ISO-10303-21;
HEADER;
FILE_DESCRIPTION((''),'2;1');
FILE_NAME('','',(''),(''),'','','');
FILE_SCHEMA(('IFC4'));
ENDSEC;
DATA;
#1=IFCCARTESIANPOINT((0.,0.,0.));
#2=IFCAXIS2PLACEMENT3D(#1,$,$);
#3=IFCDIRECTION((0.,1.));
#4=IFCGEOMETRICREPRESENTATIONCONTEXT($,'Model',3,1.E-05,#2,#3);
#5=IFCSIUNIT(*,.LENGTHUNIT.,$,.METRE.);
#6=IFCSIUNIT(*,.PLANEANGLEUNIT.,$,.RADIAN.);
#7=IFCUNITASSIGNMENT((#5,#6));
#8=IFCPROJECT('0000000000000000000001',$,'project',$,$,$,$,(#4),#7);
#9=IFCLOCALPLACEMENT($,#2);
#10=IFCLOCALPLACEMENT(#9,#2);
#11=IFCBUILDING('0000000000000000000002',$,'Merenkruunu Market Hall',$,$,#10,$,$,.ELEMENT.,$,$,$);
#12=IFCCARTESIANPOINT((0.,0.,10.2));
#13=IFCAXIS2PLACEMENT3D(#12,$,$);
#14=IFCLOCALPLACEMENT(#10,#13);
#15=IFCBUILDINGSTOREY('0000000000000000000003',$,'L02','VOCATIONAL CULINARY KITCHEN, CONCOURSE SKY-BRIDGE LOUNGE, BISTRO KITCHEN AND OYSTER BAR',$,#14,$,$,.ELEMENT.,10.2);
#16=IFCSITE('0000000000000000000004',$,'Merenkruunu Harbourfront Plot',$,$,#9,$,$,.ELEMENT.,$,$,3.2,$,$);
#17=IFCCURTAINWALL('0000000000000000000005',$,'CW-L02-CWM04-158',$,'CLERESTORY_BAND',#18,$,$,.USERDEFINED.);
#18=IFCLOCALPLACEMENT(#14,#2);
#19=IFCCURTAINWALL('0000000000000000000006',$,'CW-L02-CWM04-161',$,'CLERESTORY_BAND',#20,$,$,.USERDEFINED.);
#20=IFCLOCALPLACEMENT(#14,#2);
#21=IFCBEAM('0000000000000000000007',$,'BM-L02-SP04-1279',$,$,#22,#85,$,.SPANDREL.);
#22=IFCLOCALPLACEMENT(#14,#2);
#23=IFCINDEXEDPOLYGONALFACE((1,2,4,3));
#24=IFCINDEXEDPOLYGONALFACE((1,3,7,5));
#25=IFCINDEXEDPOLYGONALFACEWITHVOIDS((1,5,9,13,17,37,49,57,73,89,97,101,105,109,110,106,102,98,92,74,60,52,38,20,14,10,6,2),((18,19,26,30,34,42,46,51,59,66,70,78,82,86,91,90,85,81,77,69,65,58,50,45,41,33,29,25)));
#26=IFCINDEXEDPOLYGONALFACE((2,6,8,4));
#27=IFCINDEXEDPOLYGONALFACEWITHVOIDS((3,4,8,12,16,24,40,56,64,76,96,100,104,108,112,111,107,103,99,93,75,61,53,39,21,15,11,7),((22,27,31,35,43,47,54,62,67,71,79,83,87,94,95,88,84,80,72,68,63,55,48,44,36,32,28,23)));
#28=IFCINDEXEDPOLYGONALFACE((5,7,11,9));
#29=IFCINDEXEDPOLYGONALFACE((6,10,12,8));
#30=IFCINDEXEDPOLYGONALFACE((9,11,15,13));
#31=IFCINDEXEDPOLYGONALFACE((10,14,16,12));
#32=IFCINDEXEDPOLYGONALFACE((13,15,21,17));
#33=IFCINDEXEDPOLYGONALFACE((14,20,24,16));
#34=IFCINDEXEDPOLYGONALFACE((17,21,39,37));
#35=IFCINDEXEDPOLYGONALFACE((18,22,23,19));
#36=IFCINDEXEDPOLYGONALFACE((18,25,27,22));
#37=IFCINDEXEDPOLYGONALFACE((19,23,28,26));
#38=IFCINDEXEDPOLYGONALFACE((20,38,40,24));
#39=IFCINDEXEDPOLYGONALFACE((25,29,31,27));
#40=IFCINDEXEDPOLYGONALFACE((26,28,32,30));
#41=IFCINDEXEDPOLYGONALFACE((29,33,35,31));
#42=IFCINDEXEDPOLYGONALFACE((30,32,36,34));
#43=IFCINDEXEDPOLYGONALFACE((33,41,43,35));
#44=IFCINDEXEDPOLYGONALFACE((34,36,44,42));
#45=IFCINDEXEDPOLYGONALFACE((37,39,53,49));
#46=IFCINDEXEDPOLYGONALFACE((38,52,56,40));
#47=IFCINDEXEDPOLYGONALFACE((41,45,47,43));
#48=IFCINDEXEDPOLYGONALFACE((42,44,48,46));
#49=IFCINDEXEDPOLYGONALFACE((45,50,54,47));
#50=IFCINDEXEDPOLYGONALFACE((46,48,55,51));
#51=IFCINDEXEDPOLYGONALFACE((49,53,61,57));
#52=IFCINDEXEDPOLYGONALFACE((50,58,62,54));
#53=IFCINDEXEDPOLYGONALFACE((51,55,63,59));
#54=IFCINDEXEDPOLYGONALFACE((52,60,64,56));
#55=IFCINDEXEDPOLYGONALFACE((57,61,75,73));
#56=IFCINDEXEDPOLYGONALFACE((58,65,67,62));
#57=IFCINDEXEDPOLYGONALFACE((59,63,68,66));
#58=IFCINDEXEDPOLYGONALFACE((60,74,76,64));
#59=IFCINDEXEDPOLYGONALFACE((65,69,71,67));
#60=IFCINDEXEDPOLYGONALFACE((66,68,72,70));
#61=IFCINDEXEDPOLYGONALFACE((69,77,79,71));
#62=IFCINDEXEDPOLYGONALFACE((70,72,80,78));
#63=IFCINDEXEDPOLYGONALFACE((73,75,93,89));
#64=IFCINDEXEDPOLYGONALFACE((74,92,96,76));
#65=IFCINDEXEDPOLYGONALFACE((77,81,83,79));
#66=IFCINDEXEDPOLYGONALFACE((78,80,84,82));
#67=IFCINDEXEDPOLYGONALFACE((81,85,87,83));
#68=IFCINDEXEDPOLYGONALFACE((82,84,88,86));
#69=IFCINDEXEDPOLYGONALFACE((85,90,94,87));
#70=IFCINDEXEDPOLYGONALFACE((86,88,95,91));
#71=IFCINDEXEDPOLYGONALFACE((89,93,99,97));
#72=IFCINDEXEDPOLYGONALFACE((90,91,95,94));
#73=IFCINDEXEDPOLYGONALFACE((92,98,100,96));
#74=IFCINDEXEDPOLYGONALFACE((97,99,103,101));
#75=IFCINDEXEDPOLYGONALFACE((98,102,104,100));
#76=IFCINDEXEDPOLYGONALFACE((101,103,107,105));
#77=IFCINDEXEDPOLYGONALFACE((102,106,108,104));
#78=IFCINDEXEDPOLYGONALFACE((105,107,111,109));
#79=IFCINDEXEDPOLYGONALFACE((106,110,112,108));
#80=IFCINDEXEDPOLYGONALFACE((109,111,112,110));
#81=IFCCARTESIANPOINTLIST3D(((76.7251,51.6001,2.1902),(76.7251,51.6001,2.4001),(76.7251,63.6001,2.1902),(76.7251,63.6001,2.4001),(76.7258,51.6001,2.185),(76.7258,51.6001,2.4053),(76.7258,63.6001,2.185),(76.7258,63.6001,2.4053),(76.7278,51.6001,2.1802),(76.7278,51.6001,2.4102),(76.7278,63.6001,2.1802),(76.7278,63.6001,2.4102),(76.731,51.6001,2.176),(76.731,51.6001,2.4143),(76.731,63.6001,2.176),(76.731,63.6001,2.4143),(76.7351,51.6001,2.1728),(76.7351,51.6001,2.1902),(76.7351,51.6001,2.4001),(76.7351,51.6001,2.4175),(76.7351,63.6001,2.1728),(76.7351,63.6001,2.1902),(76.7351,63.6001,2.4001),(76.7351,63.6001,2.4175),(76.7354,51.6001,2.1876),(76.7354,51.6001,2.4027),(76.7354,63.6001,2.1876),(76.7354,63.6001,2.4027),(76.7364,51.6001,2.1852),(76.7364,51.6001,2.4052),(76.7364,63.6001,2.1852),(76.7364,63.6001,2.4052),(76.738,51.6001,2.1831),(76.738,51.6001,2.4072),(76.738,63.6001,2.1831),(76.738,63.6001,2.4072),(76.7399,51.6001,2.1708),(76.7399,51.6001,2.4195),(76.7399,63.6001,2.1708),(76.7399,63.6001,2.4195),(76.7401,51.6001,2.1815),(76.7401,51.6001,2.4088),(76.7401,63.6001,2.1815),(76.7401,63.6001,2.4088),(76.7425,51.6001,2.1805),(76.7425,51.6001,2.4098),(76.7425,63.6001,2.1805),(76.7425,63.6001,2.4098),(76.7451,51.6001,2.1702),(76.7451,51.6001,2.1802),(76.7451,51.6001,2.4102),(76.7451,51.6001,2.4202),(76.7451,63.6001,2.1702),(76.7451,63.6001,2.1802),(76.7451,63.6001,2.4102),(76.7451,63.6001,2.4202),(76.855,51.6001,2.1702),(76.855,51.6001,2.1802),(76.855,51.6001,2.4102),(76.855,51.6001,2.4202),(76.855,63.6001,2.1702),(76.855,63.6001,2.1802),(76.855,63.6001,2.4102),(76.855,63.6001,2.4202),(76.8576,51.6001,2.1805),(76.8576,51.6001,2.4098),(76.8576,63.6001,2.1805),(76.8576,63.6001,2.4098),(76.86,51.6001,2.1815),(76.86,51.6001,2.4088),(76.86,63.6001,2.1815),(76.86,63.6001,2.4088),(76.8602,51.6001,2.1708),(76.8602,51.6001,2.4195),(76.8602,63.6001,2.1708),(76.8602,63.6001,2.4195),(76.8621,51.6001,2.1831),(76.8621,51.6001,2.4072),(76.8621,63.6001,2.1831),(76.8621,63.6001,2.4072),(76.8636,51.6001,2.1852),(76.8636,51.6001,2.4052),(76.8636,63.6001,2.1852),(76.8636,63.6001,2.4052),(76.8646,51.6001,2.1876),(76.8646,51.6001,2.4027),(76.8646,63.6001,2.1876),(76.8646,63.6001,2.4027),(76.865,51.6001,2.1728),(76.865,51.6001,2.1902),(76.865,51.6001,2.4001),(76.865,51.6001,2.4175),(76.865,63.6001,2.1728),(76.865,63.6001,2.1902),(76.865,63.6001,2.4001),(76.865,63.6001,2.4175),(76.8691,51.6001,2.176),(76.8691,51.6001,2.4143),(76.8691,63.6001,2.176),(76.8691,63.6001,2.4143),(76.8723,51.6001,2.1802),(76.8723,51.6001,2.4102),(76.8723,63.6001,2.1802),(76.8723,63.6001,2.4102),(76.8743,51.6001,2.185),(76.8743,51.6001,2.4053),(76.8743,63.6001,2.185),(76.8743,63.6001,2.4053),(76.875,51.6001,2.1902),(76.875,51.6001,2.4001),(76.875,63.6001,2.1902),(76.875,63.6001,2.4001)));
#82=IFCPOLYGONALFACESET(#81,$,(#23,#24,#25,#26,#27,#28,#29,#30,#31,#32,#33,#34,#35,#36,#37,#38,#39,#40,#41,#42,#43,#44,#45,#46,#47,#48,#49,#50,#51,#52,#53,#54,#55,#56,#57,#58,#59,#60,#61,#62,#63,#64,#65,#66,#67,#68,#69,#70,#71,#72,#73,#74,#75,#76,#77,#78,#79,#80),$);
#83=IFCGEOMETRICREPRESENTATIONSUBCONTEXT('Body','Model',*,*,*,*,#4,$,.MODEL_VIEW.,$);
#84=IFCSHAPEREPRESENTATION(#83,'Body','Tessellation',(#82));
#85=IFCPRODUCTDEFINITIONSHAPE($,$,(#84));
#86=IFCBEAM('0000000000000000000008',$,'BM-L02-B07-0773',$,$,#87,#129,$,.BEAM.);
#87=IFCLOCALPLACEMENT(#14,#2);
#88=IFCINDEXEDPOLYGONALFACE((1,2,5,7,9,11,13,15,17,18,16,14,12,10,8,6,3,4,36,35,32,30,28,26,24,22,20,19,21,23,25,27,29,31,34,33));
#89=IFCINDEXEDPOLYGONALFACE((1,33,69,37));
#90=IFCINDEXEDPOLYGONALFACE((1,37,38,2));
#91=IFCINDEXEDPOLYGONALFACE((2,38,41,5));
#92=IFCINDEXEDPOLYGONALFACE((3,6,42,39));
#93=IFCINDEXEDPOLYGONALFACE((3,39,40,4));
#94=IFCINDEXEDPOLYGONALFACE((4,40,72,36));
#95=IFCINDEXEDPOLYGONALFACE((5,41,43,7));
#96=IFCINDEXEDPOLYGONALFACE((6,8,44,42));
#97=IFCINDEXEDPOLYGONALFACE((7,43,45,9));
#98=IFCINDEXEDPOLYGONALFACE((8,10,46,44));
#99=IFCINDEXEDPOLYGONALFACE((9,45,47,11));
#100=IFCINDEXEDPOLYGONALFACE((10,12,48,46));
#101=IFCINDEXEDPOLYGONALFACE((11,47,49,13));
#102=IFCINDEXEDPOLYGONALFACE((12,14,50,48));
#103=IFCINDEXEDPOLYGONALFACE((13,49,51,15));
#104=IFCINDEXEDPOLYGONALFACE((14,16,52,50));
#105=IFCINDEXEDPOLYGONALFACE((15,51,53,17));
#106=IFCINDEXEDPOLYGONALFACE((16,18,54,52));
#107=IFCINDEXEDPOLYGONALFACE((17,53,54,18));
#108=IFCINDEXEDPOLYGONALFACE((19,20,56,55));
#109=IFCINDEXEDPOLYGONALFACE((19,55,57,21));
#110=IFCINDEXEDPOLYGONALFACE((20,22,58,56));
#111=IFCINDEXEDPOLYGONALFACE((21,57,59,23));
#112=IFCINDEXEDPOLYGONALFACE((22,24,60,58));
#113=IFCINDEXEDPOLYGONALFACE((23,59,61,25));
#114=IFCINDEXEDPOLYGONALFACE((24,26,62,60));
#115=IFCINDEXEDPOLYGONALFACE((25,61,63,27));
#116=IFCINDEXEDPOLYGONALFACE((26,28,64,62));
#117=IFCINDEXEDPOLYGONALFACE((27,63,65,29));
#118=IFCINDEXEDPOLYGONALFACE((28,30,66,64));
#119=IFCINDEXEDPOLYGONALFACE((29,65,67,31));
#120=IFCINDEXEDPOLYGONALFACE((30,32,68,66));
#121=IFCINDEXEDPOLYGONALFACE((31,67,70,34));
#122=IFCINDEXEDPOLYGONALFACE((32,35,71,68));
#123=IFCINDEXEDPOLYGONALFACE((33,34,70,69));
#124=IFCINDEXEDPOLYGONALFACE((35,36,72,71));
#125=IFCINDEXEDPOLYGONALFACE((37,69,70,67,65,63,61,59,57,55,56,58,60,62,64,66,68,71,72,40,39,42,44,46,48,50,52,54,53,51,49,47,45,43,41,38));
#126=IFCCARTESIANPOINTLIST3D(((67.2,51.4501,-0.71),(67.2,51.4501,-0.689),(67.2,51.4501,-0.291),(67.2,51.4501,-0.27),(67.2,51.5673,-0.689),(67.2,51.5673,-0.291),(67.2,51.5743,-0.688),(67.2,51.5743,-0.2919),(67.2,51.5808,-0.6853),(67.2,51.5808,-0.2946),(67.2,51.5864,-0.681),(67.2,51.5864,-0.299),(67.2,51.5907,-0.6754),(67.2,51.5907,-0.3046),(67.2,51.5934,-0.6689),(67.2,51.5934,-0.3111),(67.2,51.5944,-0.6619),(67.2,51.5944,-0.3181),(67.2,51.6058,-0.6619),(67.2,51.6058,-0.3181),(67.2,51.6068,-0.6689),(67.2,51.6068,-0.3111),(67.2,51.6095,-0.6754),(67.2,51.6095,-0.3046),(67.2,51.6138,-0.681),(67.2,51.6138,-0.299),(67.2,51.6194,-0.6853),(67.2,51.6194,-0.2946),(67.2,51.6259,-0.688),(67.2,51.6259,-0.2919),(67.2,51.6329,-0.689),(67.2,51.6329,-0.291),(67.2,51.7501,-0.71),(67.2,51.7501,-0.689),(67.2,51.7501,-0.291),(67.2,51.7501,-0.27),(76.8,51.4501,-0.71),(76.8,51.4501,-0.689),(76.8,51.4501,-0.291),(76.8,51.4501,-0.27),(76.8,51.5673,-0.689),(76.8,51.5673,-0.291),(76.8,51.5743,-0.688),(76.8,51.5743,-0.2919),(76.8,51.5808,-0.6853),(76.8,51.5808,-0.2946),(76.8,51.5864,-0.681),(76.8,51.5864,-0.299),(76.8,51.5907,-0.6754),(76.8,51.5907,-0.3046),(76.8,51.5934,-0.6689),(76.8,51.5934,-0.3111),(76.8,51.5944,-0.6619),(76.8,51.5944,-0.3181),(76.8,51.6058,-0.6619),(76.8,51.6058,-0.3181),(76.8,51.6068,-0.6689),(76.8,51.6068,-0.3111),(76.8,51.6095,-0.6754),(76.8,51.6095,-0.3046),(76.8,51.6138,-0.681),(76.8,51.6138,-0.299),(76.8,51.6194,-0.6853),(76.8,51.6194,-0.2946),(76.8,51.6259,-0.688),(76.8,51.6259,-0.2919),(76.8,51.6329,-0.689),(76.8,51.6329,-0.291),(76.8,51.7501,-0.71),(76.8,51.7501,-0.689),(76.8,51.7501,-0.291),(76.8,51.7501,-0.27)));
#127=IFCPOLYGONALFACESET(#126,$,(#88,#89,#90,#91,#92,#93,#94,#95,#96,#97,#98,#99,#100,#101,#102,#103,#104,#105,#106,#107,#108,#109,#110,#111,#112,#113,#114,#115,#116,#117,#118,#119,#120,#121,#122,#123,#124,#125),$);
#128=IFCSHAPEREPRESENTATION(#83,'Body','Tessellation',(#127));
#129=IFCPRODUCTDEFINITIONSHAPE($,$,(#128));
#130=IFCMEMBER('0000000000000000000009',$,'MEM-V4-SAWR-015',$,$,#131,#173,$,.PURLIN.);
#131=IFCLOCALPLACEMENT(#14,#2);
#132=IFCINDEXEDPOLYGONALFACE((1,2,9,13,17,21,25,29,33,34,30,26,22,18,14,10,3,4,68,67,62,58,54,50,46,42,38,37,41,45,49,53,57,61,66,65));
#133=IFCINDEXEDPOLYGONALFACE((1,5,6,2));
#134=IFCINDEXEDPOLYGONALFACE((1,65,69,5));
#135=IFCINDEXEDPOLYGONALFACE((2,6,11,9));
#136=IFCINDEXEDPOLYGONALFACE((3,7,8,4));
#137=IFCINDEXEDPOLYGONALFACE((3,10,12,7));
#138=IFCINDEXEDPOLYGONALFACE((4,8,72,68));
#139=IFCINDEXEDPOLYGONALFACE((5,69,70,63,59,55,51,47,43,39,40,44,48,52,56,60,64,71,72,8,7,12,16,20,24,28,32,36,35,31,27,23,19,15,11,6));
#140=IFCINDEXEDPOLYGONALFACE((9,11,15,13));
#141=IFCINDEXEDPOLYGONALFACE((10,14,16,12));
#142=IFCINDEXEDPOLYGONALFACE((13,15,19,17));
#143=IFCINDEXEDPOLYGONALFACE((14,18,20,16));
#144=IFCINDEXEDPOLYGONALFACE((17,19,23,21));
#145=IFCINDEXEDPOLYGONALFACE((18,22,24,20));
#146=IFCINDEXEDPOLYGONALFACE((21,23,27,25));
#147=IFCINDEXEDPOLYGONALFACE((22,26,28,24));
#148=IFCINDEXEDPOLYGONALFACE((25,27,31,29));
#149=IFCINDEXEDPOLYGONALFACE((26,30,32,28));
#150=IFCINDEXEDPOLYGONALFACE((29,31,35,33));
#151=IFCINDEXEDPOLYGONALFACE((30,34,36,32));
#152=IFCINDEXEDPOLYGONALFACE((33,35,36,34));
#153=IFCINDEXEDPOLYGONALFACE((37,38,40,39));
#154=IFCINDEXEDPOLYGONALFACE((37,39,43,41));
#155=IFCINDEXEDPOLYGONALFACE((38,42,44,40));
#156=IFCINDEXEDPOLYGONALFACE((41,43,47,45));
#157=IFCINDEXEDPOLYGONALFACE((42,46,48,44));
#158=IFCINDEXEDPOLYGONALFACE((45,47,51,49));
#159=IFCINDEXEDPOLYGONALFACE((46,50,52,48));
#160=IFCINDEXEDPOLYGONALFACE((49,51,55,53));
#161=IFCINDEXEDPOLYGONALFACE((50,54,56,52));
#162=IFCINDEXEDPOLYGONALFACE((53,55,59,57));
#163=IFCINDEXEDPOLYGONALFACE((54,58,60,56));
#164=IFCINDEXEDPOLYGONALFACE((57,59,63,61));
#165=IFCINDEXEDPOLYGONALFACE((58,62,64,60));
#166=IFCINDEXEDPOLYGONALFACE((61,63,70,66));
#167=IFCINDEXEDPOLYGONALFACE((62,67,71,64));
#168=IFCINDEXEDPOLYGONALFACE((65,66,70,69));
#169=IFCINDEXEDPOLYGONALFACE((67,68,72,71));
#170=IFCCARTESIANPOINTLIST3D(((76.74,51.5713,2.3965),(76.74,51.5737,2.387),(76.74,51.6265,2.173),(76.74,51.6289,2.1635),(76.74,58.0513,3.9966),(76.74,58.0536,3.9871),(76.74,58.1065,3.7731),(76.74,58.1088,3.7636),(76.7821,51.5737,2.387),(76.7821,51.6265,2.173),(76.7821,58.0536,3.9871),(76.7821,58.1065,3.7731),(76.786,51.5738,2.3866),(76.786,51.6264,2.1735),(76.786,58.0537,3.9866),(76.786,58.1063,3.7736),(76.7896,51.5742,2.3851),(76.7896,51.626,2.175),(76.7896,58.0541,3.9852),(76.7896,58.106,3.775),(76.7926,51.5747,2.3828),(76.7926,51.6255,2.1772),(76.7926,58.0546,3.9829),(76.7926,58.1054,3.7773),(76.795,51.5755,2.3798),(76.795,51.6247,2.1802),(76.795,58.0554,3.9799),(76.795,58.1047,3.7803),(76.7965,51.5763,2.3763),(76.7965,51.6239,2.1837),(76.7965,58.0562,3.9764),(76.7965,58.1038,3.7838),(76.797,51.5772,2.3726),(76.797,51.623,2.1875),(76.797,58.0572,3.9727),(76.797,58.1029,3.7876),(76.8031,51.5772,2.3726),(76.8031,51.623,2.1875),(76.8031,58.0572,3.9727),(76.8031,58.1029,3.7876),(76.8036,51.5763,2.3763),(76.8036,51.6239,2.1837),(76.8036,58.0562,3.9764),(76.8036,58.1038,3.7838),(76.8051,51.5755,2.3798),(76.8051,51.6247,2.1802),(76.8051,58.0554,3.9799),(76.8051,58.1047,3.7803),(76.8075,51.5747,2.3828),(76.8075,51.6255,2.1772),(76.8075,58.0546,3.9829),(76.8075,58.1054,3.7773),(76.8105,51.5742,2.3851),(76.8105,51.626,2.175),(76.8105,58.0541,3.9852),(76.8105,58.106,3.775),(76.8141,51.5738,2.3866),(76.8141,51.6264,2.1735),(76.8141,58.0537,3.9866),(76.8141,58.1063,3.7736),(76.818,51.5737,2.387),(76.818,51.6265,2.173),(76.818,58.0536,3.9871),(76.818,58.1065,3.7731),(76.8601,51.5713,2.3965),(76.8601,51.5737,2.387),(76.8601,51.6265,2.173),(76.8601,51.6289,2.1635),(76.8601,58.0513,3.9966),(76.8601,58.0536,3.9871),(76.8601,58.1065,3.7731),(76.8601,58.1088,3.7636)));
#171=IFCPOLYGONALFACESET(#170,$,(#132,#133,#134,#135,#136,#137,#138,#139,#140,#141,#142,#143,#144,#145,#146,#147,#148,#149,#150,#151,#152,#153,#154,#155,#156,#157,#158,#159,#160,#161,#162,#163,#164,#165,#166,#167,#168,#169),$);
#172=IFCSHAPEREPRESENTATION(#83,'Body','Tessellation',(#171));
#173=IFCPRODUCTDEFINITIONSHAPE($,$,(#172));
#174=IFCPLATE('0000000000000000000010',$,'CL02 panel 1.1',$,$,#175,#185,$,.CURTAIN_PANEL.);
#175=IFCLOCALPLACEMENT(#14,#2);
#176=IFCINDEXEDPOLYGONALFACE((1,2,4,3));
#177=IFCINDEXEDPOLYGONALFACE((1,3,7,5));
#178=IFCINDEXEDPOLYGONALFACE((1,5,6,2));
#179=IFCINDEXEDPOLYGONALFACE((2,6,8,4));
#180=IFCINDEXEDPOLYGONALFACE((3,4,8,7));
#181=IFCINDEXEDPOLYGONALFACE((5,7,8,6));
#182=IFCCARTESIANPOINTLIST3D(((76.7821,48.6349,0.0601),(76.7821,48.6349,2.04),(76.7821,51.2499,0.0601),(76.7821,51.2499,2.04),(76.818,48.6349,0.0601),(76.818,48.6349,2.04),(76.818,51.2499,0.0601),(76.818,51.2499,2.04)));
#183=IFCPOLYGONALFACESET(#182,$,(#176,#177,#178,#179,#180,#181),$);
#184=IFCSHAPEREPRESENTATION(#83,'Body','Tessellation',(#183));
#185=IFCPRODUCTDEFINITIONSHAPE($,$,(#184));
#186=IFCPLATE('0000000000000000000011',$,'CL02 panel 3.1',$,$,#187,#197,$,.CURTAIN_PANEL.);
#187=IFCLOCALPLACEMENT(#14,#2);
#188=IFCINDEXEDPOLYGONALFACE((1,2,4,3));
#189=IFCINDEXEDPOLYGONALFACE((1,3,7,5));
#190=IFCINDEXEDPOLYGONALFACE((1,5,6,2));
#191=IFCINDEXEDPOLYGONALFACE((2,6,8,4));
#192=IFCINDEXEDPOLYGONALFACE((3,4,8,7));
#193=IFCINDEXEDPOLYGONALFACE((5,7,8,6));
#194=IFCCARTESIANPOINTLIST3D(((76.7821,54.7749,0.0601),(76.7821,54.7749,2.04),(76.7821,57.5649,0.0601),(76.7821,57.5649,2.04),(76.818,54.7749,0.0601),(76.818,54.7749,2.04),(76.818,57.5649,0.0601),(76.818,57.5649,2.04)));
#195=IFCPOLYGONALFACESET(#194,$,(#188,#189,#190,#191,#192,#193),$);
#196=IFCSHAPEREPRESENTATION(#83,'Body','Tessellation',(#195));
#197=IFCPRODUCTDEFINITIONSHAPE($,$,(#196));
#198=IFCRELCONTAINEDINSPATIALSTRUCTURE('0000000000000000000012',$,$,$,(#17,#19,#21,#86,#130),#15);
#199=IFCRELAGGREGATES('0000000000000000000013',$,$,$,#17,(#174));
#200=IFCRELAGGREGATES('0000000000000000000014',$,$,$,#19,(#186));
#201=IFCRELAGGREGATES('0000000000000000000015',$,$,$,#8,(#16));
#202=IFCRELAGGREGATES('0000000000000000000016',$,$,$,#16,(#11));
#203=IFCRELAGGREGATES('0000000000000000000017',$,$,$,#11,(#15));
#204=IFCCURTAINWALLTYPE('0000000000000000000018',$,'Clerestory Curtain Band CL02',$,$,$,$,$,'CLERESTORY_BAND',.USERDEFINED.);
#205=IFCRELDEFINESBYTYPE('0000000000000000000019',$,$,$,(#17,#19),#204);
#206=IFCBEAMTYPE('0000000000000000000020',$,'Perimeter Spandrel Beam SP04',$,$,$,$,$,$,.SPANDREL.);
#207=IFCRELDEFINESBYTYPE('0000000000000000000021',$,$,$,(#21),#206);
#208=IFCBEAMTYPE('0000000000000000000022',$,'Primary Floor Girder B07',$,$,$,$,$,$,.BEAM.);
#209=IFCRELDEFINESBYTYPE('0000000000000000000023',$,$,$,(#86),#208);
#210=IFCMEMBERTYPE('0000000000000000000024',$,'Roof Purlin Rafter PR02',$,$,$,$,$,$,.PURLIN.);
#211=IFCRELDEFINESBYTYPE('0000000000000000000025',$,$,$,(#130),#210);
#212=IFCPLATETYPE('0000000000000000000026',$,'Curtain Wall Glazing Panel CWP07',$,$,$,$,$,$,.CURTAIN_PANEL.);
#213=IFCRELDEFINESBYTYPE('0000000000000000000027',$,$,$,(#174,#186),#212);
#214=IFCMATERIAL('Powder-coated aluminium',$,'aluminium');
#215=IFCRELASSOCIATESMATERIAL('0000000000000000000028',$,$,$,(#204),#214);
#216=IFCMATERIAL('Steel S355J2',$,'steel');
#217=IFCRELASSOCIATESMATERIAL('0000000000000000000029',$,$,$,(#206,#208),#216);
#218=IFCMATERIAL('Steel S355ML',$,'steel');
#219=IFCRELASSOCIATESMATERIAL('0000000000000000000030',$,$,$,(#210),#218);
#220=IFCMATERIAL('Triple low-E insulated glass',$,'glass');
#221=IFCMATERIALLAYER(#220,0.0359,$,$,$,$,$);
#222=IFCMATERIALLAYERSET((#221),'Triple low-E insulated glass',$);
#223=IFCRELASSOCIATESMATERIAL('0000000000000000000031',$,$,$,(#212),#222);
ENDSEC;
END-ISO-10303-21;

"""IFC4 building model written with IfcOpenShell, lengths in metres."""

from ifc_helpers import new_model, si_unit, direction, frame, origin, origin_2d, place, context, subcontext, project, spatial, rectangle, hollow_rectangle, i_section, extrude, material, layer, layer_set, material_profile, profile_set, type_object, element, aggregate, save


model = new_model("IFC4")

# Units and contexts
model_context = context("Model", 3, precision=1e-05, world=origin(), true_north=direction((0.0, 1.0)))
body_context = subcontext(model_context, "Body", "Model", "MODEL_VIEW")
ifc_project = project(units=[si_unit("LENGTHUNIT", "METRE"), si_unit("PLANEANGLEUNIT", "RADIAN")], contexts=[model_context])

# Site, building, storey
site_placement = place(None, origin())
site = spatial("IfcSite", under=ifc_project, at=site_placement, Name="Merenkruunu Harbourfront Plot", CompositionType="ELEMENT", RefElevation=3.2)
building_placement = place(site_placement, origin())
building = spatial("IfcBuilding", under=site, at=building_placement, Name="Merenkruunu Market Hall", CompositionType="ELEMENT")
storey_placement = place(building_placement, frame((0.0, 0.0, 10.2)))
storey = spatial("IfcBuildingStorey", under=building, at=storey_placement, Name="L02", Description="VOCATIONAL CULINARY KITCHEN, CONCOURSE SKY-BRIDGE LOUNGE, BISTRO KITCHEN AND OYSTER BAR", CompositionType="ELEMENT", Elevation=10.2)

# Shared definitions
ifc_material_1 = material(Name="Steel S355ML", Category="steel")

# Curtain walls
ifc_material_2 = material(Name="Powder-coated aluminium", Category="aluminium")
curtain_wall_type = type_object("IfcCurtainWallType", Name="Clerestory Curtain Band CL02", ElementType="CLERESTORY_BAND", PredefinedType="USERDEFINED", material=ifc_material_2)
curtain_wall_1_placement = place(storey_placement, origin())
curtain_wall_1 = element("IfcCurtainWall", 1, at=curtain_wall_1_placement, inside=storey, type_object=curtain_wall_type, Name="CW-L02-CWM04-158", ObjectType="CLERESTORY_BAND", PredefinedType="USERDEFINED")
curtain_wall_2_placement = place(storey_placement, origin())
curtain_wall_2 = element("IfcCurtainWall", 2, at=curtain_wall_2_placement, inside=storey, type_object=curtain_wall_type, Name="CW-L02-CWM04-161", ObjectType="CLERESTORY_BAND", PredefinedType="USERDEFINED")

# Beams
ifc_material_3 = material(Name="Steel S355J2", Category="steel")
ifc_material_profile_1 = material_profile(ifc_material_3, hollow_rectangle(XDim=0.1499, YDim=0.25, WallThickness=0.01, InnerFilletRadius=0.01, OuterFilletRadius=0.02, at=origin_2d()), Name="RHS 250x150x10")
ifc_profile_set_1 = profile_set([ifc_material_profile_1], Name="Steel S355J2")
beam_type_1 = type_object("IfcBeamType", Name="Perimeter Spandrel Beam SP04", PredefinedType="SPANDREL", material=ifc_profile_set_1)
beam_1_placement = place(storey_placement, frame((76.8, 51.6001, 2.2952), z_axis=(0.0, 1.0, 0.0), x_axis=(-1.0, 0.0, 0.0)))
element("IfcBeam", 3, at=beam_1_placement, inside=storey, type_object=beam_type_1, Name="BM-L02-SP04-1279", PredefinedType="SPANDREL", context=body_context, shape_type="SweptSolid", body=[
    extrude(hollow_rectangle(XDim=0.1499, YDim=0.25, WallThickness=0.01, InnerFilletRadius=0.01, OuterFilletRadius=0.02, at=origin_2d()), origin(), (0.0, 0.0, 1.0), 12.0),
])
ifc_material_profile_2 = material_profile(ifc_material_3, i_section(OverallWidth=0.3, OverallDepth=0.4399, WebThickness=0.0115, FlangeThickness=0.021, FilletRadius=0.0271, at=origin_2d()), Name="HEA 450")
ifc_profile_set_2 = profile_set([ifc_material_profile_2], Name="Steel S355J2")
beam_type_2 = type_object("IfcBeamType", Name="Primary Floor Girder B07", PredefinedType="BEAM", material=ifc_profile_set_2)
beam_2_placement = place(storey_placement, frame((67.2, 51.6001, -0.49), z_axis=(1.0, 0.0, 0.0), x_axis=(0.0, 1.0, 0.0)))
element("IfcBeam", 4, at=beam_2_placement, inside=storey, type_object=beam_type_2, Name="BM-L02-B07-0773", PredefinedType="BEAM", context=body_context, shape_type="SweptSolid", body=[
    extrude(i_section(OverallWidth=0.3, OverallDepth=0.4399, WebThickness=0.0115, FlangeThickness=0.021, FilletRadius=0.0271, at=origin_2d()), origin(), (0.0, 0.0, 1.0), 9.6001),
])

# Member
ifc_material_profile_3 = material_profile(ifc_material_1, i_section(OverallWidth=0.1201, OverallDepth=0.24, WebThickness=0.0061, FlangeThickness=0.0098, FilletRadius=0.0149, at=origin_2d()), Name="IPE 240")
ifc_profile_set_3 = profile_set([ifc_material_profile_3], Name="Steel S355ML")
member_type_1 = type_object("IfcMemberType", Name="Roof Purlin Rafter PR02", PredefinedType="PURLIN", material=ifc_profile_set_3)
member_1_placement = place(storey_placement, frame((76.8, 51.6001, 2.28), z_axis=(0.0, 0.97084, 0.239729), x_axis=(-1.0, 0.0, 0.0)))
element("IfcMember", 5, at=member_1_placement, inside=storey, type_object=member_type_1, Name="MEM-V4-SAWR-015", PredefinedType="PURLIN", context=body_context, shape_type="SweptSolid", body=[
    extrude(i_section(OverallWidth=0.1201, OverallDepth=0.24, WebThickness=0.0061, FlangeThickness=0.0098, FilletRadius=0.0149, at=origin_2d()), origin(), (0.0, 0.0, 1.0), 6.6746),
])

# Plates
ifc_material_4 = material(Name="Triple low-E insulated glass", Category="glass")
ifc_layer_1 = layer(ifc_material_4, 0.0359)
ifc_layer_set_1 = layer_set([ifc_layer_1], Name="Triple low-E insulated glass")
plate_type_1 = type_object("IfcPlateType", Name="Curtain Wall Glazing Panel CWP07", PredefinedType="CURTAIN_PANEL", material=ifc_layer_set_1)
plate_1_placement = place(storey_placement, frame((76.8, 49.9424, 0.0601), z_axis=(0.0, 0.0, 1.0), x_axis=(0.0, -1.0, 0.0)))
plate_1 = element("IfcPlate", 6, at=plate_1_placement, type_object=plate_type_1, Name="CL02 panel 1.1", PredefinedType="CURTAIN_PANEL", context=body_context, shape_type="SweptSolid", body=[
    extrude(rectangle(XDim=2.615, YDim=0.0359, at=origin_2d()), origin(), (0.0, 0.0, 1.0), 1.98),
])
aggregate(curtain_wall_1, [plate_1])
plate_2_placement = place(storey_placement, frame((76.8, 56.1699, 0.0601), z_axis=(0.0, 0.0, 1.0), x_axis=(0.0, -1.0, 0.0)))
plate_2 = element("IfcPlate", 7, at=plate_2_placement, type_object=plate_type_1, Name="CL02 panel 3.1", PredefinedType="CURTAIN_PANEL", context=body_context, shape_type="SweptSolid", body=[
    extrude(rectangle(XDim=2.79, YDim=0.0359, at=origin_2d()), origin(), (0.0, 0.0, 1.0), 1.98),
])
aggregate(curtain_wall_2, [plate_2])

save(model, "model.ifc")
